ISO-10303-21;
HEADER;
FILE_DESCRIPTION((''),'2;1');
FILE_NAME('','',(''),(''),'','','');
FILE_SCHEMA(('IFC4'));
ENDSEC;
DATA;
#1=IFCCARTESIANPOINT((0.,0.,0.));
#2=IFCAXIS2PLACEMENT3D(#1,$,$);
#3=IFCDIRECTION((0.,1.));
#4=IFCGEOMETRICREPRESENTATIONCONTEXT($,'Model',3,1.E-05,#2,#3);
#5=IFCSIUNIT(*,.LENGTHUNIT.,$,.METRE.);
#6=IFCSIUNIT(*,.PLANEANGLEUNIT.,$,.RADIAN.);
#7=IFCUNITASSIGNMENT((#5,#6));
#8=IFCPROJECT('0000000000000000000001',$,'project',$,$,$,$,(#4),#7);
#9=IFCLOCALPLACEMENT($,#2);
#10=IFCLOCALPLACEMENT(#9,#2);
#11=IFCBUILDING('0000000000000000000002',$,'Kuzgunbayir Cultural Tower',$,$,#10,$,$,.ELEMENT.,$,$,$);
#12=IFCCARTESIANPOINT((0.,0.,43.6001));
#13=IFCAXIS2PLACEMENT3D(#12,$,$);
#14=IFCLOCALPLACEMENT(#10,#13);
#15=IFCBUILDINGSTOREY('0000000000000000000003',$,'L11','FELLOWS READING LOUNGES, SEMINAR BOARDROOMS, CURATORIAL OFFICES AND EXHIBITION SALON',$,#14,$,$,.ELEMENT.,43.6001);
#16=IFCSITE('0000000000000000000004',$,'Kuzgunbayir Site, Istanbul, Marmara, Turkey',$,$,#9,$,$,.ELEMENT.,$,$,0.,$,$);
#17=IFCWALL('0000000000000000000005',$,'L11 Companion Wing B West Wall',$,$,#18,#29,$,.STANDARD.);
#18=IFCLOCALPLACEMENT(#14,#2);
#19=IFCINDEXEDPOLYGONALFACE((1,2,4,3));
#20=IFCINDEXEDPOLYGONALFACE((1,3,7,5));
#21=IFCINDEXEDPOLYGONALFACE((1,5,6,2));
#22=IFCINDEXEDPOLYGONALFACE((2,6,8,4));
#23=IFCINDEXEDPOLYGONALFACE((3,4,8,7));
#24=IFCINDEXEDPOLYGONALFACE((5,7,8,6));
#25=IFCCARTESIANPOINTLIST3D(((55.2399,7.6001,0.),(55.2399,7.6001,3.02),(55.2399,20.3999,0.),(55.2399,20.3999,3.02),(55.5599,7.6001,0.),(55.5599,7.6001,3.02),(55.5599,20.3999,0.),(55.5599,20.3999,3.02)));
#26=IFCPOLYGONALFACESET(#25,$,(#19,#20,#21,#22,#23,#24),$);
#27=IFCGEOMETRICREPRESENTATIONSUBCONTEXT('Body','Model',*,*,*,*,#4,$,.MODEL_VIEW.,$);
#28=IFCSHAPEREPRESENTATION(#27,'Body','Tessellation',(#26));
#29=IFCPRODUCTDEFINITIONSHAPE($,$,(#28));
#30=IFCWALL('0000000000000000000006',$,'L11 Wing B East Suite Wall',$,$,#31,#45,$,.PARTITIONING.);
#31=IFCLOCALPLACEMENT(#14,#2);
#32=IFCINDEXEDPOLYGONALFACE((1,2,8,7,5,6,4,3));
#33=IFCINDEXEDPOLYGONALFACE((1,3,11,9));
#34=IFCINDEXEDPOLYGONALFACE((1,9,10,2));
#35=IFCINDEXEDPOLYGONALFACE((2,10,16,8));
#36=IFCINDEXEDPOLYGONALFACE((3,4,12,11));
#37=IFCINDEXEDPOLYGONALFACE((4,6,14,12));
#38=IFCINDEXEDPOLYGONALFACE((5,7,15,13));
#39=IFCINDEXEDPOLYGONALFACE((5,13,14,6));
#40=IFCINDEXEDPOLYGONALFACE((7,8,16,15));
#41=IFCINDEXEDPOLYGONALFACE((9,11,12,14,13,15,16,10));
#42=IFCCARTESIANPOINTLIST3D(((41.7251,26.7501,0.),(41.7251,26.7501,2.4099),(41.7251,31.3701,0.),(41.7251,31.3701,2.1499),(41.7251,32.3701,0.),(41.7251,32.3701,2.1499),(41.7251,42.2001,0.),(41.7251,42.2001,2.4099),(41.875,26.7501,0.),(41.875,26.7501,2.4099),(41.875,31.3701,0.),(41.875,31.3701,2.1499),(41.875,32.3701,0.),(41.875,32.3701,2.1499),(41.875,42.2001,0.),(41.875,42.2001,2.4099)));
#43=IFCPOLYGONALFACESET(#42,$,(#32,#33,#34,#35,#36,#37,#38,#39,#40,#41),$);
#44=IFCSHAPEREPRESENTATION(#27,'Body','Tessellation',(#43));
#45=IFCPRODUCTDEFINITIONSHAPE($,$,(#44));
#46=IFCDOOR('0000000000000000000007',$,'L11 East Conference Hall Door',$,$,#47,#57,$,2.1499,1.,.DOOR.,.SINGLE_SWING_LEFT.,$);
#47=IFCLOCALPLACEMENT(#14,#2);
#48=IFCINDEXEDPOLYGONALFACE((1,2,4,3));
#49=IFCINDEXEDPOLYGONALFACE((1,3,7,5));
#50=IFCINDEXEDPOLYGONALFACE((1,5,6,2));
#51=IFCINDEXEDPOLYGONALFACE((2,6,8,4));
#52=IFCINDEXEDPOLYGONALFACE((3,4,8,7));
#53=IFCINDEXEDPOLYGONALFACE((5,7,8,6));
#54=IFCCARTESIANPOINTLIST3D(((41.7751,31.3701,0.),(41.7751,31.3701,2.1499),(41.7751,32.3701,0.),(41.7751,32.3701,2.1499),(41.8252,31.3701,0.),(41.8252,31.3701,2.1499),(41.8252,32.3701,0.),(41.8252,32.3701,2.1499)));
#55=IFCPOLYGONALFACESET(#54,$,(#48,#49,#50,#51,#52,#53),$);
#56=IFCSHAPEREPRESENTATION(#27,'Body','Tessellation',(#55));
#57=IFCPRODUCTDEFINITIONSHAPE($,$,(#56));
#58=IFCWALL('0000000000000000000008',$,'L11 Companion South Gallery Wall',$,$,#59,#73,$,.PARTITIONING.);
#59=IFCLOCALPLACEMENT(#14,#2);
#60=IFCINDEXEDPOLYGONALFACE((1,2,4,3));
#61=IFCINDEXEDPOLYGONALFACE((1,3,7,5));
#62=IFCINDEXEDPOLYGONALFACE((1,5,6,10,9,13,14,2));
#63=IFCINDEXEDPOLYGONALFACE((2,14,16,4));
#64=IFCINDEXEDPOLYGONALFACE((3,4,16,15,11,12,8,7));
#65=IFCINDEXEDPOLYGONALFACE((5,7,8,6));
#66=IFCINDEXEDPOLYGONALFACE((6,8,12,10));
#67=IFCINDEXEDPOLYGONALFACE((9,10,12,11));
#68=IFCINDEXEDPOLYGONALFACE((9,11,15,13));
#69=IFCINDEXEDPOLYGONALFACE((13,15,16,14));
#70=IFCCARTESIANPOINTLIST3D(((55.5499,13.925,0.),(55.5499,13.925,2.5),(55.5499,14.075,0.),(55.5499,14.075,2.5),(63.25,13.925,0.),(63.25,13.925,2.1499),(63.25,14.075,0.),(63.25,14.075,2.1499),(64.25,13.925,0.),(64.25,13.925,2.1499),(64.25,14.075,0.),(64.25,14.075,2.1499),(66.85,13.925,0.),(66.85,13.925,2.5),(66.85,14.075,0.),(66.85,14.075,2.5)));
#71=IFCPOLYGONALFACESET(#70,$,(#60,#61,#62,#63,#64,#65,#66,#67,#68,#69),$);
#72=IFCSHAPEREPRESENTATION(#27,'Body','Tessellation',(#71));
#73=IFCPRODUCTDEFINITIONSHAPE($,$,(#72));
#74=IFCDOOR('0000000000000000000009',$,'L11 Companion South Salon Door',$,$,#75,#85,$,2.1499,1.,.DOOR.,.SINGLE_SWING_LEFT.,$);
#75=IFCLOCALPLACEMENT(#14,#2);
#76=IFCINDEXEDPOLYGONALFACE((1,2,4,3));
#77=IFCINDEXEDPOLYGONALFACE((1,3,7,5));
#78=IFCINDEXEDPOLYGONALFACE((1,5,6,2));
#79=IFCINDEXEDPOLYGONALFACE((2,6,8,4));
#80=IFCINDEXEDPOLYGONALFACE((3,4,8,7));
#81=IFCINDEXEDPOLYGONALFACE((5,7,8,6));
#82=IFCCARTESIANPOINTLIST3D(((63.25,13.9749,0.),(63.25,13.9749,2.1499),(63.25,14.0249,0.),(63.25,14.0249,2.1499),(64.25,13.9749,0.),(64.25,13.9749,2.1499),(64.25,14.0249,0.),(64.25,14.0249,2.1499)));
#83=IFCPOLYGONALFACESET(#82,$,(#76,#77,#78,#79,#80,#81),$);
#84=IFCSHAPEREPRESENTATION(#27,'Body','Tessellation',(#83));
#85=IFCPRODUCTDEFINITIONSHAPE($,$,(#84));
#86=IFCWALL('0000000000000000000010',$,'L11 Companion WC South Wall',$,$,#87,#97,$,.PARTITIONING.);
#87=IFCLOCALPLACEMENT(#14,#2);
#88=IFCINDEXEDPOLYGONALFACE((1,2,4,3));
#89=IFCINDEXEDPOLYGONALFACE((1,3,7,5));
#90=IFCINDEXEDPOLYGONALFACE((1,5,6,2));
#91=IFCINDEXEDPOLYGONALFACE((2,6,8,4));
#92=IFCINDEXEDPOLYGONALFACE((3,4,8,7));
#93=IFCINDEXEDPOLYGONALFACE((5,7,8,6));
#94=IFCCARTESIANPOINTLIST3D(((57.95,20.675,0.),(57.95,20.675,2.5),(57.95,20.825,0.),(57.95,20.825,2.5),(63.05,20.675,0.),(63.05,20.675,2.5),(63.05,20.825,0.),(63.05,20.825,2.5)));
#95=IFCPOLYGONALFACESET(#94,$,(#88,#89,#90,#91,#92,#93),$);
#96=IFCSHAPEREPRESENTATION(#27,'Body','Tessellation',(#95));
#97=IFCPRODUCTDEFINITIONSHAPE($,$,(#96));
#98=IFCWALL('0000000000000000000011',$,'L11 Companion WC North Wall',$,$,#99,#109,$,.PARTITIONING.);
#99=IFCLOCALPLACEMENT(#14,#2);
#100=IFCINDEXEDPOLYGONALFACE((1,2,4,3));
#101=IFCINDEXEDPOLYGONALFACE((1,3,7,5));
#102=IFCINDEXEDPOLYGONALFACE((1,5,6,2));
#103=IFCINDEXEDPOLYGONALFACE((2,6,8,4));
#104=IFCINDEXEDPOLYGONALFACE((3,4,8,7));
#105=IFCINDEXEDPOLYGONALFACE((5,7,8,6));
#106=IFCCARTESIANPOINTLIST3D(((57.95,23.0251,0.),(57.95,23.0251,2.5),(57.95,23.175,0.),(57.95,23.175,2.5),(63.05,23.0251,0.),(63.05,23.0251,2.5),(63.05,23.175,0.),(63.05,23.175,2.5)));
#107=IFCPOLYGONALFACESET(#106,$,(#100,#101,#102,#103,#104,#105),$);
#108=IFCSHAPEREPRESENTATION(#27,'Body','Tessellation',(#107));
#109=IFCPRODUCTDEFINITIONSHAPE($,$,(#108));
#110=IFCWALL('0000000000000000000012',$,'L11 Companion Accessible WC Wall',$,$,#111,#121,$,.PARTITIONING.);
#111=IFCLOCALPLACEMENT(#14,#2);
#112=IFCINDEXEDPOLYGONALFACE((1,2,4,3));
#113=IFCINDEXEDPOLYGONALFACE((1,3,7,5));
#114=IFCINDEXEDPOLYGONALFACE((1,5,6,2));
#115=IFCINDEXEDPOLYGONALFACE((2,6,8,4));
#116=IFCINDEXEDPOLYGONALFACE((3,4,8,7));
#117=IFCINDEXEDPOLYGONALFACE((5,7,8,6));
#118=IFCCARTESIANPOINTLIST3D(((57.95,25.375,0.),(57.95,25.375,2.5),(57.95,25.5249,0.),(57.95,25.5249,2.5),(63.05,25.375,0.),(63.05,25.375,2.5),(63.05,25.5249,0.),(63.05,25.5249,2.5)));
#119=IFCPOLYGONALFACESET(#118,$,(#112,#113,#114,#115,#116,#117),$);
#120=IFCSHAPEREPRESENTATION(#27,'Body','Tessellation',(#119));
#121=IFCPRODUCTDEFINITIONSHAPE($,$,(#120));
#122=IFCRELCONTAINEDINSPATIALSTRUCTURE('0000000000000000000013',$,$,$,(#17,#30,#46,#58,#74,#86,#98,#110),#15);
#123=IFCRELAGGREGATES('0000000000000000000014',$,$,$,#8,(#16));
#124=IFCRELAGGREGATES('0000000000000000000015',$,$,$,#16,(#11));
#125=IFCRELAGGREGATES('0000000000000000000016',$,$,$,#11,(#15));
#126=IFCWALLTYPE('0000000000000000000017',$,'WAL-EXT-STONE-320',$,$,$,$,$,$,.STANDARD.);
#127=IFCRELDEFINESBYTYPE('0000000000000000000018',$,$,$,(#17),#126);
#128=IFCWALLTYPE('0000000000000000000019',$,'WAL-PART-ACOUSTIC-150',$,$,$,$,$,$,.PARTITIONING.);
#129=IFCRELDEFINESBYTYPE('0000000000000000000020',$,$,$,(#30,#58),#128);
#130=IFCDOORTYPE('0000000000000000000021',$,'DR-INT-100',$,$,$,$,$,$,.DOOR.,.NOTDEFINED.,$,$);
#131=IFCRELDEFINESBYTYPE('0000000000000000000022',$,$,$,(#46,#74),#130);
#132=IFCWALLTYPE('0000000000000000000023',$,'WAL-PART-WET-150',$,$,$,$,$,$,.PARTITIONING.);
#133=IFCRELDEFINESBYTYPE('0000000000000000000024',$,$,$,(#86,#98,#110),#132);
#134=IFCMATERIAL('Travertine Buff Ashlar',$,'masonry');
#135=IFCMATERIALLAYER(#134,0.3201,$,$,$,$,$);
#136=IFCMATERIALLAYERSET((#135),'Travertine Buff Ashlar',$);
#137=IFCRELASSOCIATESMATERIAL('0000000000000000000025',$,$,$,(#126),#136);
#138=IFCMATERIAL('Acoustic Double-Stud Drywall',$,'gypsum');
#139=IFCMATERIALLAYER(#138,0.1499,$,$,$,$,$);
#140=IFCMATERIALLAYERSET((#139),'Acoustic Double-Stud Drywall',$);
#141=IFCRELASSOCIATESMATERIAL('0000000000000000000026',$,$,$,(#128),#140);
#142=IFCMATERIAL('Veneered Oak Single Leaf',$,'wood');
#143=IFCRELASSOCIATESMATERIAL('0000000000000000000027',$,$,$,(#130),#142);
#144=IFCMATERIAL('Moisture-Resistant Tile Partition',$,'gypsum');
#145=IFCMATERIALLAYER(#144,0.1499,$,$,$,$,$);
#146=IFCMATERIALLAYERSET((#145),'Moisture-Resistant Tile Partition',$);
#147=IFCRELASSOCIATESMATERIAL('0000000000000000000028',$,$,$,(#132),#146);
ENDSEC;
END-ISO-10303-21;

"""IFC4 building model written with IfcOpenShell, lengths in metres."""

from ifc_helpers import new_model, si_unit, direction, frame, frame_2d, origin, place, context, subcontext, project, spatial, rectangle, extrude, material, layer, layer_set, type_object, element, fill, save


model = new_model("IFC4")

# Units and contexts
model_context = context("Model", 3, precision=1e-05, world=origin(), true_north=direction((0.0, 1.0)))
body_context = subcontext(model_context, "Body", "Model", "MODEL_VIEW")
ifc_project = project(units=[si_unit("LENGTHUNIT", "METRE"), si_unit("PLANEANGLEUNIT", "RADIAN")], contexts=[model_context])

# Site, building, storey
site_placement = place(None, origin())
site = spatial("IfcSite", under=ifc_project, at=site_placement, Name="Kuzgunbayir Site, Istanbul, Marmara, Turkey", CompositionType="ELEMENT", RefElevation=0.0)
building_placement = place(site_placement, origin())
building = spatial("IfcBuilding", under=site, at=building_placement, Name="Kuzgunbayir Cultural Tower", CompositionType="ELEMENT")
storey_placement = place(building_placement, frame((0.0, 0.0, 43.6001)))
storey = spatial("IfcBuildingStorey", under=building, at=storey_placement, Name="L11", Description="FELLOWS READING LOUNGES, SEMINAR BOARDROOMS, CURATORIAL OFFICES AND EXHIBITION SALON", CompositionType="ELEMENT", Elevation=43.6001)

# Shared definitions
ifc_material_1 = material(Name="Travertine Buff Ashlar", Category="masonry")
ifc_layer_1 = layer(ifc_material_1, 0.3201)
ifc_layer_set_1 = layer_set([ifc_layer_1], Name="Travertine Buff Ashlar")
wall_type_1 = type_object("IfcWallType", Name="WAL-EXT-STONE-320", PredefinedType="STANDARD", material=ifc_layer_set_1)

# Wall
wall_1_placement = place(storey_placement, frame((55.3999, 20.3999, 0.0), z_axis=(0.0, 0.0, 1.0), x_axis=(0.0, -1.0, 0.0)))
element("IfcWall", 1, at=wall_1_placement, inside=storey, type_object=wall_type_1, Name="L11 Companion Wing B West Wall", PredefinedType="STANDARD", context=body_context, shape_type="SweptSolid", body=[
    extrude(rectangle(XDim=12.7998, YDim=0.3201, at=frame_2d((6.3999, 0.0))), origin(), (0.0, 0.0, 1.0), 3.02),
])

# Walls, openings, doors
ifc_material_2 = material(Name="Acoustic Double-Stud Drywall", Category="gypsum")
ifc_layer_2 = layer(ifc_material_2, 0.1499)
ifc_layer_set_2 = layer_set([ifc_layer_2], Name="Acoustic Double-Stud Drywall")
wall_type_2 = type_object("IfcWallType", Name="WAL-PART-ACOUSTIC-150", PredefinedType="PARTITIONING", material=ifc_layer_set_2)
wall_2_placement = place(storey_placement, frame((41.8, 26.75, 0.0), z_axis=(0.0, 0.0, 1.0), x_axis=(0.0, 1.0, 0.0)))
wall_2 = element("IfcWall", 2, at=wall_2_placement, inside=storey, type_object=wall_type_2, Name="L11 Wing B East Suite Wall", PredefinedType="PARTITIONING", context=body_context, shape_type="SweptSolid", body=[
    extrude(rectangle(XDim=15.45, YDim=0.1499, at=frame_2d((7.7251, 0.0))), origin(), (0.0, 0.0, 1.0), 2.4099),
])
opening_1_placement = place(wall_2_placement, frame((4.6201, 0.0, 0.0)))
opening_1 = element("IfcOpeningElement", 3, at=opening_1_placement, cuts=wall_2, PredefinedType="OPENING", context=body_context, shape_type="SweptSolid", body=[
    extrude(rectangle(XDim=1.0, YDim=2.1499, at=frame_2d((0.5, 1.075))), frame((0.0, 0.085, 0.0), z_axis=(0.0, -1.0, 0.0), x_axis=(1.0, 0.0, 0.0)), (0.0, 0.0, 1.0), 0.1699),
])
ifc_material_3 = material(Name="Veneered Oak Single Leaf", Category="wood")
door_type = type_object("IfcDoorType", Name="DR-INT-100", OperationType="NOTDEFINED", PredefinedType="DOOR", material=ifc_material_3)
door_1_placement = place(opening_1_placement, origin())
door_1 = element("IfcDoor", 4, at=door_1_placement, inside=storey, type_object=door_type, Name="L11 East Conference Hall Door", OperationType="SINGLE_SWING_LEFT", OverallHeight=2.1499, OverallWidth=1.0, PredefinedType="DOOR", context=body_context, shape_type="SweptSolid", body=[
    extrude(rectangle(XDim=1.0, YDim=2.1499, at=frame_2d((0.5, 1.075))), frame((0.0, 0.0249, 0.0), z_axis=(0.0, -1.0, 0.0), x_axis=(1.0, 0.0, 0.0)), (0.0, 0.0, 1.0), 0.05),
])
fill(opening_1, door_1)
wall_3_placement = place(storey_placement, frame((55.55, 14.0, 0.0), z_axis=(0.0, 0.0, 1.0), x_axis=(1.0, 0.0, 0.0)))
wall_3 = element("IfcWall", 5, at=wall_3_placement, inside=storey, type_object=wall_type_2, Name="L11 Companion South Gallery Wall", PredefinedType="PARTITIONING", context=body_context, shape_type="SweptSolid", body=[
    extrude(rectangle(XDim=11.3, YDim=0.1499, at=frame_2d((5.6499, 0.0))), origin(), (0.0, 0.0, 1.0), 2.5),
])
opening_2_placement = place(wall_3_placement, frame((7.7, 0.0, 0.0)))
opening_2 = element("IfcOpeningElement", 6, at=opening_2_placement, cuts=wall_3, PredefinedType="OPENING", context=body_context, shape_type="SweptSolid", body=[
    extrude(rectangle(XDim=1.0, YDim=2.1499, at=frame_2d((0.5, 1.075))), frame((0.0, 0.085, 0.0), z_axis=(0.0, -1.0, 0.0), x_axis=(1.0, 0.0, 0.0)), (0.0, 0.0, 1.0), 0.1699),
])
door_2_placement = place(opening_2_placement, origin())
door_2 = element("IfcDoor", 7, at=door_2_placement, inside=storey, type_object=door_type, Name="L11 Companion South Salon Door", OperationType="SINGLE_SWING_LEFT", OverallHeight=2.1499, OverallWidth=1.0, PredefinedType="DOOR", context=body_context, shape_type="SweptSolid", body=[
    extrude(rectangle(XDim=1.0, YDim=2.1499, at=frame_2d((0.5, 1.075))), frame((0.0, 0.0249, 0.0), z_axis=(0.0, -1.0, 0.0), x_axis=(1.0, 0.0, 0.0)), (0.0, 0.0, 1.0), 0.05),
])
fill(opening_2, door_2)

# Walls
ifc_material_4 = material(Name="Moisture-Resistant Tile Partition", Category="gypsum")
ifc_layer_3 = layer(ifc_material_4, 0.1499)
ifc_layer_set_3 = layer_set([ifc_layer_3], Name="Moisture-Resistant Tile Partition")
wall_type_3 = type_object("IfcWallType", Name="WAL-PART-WET-150", PredefinedType="PARTITIONING", material=ifc_layer_set_3)
for number, where, z_axis, x_axis, name in (
    (8, (57.95, 20.75, 0.0), (0.0, 0.0, 1.0), (1.0, 0.0, 0.0), "L11 Companion WC South Wall"),
    (9, (57.95, 23.1001, 0.0), (0.0, 0.0, 1.0), (1.0, 0.0, 0.0), "L11 Companion WC North Wall"),
    (10, (57.95, 25.45, 0.0), (0.0, 0.0, 1.0), (1.0, 0.0, 0.0), "L11 Companion Accessible WC Wall"),
):
    element("IfcWall", number, at=place(storey_placement, frame(where, z_axis=z_axis, x_axis=x_axis)), inside=storey, type_object=wall_type_3, Name=name, PredefinedType="PARTITIONING", context=body_context, shape_type="SweptSolid", body=[
        extrude(rectangle(XDim=5.1001, YDim=0.1499, at=frame_2d((2.55, 0.0))), origin(), (0.0, 0.0, 1.0), 2.5),
    ])

save(model, "model.ifc")
